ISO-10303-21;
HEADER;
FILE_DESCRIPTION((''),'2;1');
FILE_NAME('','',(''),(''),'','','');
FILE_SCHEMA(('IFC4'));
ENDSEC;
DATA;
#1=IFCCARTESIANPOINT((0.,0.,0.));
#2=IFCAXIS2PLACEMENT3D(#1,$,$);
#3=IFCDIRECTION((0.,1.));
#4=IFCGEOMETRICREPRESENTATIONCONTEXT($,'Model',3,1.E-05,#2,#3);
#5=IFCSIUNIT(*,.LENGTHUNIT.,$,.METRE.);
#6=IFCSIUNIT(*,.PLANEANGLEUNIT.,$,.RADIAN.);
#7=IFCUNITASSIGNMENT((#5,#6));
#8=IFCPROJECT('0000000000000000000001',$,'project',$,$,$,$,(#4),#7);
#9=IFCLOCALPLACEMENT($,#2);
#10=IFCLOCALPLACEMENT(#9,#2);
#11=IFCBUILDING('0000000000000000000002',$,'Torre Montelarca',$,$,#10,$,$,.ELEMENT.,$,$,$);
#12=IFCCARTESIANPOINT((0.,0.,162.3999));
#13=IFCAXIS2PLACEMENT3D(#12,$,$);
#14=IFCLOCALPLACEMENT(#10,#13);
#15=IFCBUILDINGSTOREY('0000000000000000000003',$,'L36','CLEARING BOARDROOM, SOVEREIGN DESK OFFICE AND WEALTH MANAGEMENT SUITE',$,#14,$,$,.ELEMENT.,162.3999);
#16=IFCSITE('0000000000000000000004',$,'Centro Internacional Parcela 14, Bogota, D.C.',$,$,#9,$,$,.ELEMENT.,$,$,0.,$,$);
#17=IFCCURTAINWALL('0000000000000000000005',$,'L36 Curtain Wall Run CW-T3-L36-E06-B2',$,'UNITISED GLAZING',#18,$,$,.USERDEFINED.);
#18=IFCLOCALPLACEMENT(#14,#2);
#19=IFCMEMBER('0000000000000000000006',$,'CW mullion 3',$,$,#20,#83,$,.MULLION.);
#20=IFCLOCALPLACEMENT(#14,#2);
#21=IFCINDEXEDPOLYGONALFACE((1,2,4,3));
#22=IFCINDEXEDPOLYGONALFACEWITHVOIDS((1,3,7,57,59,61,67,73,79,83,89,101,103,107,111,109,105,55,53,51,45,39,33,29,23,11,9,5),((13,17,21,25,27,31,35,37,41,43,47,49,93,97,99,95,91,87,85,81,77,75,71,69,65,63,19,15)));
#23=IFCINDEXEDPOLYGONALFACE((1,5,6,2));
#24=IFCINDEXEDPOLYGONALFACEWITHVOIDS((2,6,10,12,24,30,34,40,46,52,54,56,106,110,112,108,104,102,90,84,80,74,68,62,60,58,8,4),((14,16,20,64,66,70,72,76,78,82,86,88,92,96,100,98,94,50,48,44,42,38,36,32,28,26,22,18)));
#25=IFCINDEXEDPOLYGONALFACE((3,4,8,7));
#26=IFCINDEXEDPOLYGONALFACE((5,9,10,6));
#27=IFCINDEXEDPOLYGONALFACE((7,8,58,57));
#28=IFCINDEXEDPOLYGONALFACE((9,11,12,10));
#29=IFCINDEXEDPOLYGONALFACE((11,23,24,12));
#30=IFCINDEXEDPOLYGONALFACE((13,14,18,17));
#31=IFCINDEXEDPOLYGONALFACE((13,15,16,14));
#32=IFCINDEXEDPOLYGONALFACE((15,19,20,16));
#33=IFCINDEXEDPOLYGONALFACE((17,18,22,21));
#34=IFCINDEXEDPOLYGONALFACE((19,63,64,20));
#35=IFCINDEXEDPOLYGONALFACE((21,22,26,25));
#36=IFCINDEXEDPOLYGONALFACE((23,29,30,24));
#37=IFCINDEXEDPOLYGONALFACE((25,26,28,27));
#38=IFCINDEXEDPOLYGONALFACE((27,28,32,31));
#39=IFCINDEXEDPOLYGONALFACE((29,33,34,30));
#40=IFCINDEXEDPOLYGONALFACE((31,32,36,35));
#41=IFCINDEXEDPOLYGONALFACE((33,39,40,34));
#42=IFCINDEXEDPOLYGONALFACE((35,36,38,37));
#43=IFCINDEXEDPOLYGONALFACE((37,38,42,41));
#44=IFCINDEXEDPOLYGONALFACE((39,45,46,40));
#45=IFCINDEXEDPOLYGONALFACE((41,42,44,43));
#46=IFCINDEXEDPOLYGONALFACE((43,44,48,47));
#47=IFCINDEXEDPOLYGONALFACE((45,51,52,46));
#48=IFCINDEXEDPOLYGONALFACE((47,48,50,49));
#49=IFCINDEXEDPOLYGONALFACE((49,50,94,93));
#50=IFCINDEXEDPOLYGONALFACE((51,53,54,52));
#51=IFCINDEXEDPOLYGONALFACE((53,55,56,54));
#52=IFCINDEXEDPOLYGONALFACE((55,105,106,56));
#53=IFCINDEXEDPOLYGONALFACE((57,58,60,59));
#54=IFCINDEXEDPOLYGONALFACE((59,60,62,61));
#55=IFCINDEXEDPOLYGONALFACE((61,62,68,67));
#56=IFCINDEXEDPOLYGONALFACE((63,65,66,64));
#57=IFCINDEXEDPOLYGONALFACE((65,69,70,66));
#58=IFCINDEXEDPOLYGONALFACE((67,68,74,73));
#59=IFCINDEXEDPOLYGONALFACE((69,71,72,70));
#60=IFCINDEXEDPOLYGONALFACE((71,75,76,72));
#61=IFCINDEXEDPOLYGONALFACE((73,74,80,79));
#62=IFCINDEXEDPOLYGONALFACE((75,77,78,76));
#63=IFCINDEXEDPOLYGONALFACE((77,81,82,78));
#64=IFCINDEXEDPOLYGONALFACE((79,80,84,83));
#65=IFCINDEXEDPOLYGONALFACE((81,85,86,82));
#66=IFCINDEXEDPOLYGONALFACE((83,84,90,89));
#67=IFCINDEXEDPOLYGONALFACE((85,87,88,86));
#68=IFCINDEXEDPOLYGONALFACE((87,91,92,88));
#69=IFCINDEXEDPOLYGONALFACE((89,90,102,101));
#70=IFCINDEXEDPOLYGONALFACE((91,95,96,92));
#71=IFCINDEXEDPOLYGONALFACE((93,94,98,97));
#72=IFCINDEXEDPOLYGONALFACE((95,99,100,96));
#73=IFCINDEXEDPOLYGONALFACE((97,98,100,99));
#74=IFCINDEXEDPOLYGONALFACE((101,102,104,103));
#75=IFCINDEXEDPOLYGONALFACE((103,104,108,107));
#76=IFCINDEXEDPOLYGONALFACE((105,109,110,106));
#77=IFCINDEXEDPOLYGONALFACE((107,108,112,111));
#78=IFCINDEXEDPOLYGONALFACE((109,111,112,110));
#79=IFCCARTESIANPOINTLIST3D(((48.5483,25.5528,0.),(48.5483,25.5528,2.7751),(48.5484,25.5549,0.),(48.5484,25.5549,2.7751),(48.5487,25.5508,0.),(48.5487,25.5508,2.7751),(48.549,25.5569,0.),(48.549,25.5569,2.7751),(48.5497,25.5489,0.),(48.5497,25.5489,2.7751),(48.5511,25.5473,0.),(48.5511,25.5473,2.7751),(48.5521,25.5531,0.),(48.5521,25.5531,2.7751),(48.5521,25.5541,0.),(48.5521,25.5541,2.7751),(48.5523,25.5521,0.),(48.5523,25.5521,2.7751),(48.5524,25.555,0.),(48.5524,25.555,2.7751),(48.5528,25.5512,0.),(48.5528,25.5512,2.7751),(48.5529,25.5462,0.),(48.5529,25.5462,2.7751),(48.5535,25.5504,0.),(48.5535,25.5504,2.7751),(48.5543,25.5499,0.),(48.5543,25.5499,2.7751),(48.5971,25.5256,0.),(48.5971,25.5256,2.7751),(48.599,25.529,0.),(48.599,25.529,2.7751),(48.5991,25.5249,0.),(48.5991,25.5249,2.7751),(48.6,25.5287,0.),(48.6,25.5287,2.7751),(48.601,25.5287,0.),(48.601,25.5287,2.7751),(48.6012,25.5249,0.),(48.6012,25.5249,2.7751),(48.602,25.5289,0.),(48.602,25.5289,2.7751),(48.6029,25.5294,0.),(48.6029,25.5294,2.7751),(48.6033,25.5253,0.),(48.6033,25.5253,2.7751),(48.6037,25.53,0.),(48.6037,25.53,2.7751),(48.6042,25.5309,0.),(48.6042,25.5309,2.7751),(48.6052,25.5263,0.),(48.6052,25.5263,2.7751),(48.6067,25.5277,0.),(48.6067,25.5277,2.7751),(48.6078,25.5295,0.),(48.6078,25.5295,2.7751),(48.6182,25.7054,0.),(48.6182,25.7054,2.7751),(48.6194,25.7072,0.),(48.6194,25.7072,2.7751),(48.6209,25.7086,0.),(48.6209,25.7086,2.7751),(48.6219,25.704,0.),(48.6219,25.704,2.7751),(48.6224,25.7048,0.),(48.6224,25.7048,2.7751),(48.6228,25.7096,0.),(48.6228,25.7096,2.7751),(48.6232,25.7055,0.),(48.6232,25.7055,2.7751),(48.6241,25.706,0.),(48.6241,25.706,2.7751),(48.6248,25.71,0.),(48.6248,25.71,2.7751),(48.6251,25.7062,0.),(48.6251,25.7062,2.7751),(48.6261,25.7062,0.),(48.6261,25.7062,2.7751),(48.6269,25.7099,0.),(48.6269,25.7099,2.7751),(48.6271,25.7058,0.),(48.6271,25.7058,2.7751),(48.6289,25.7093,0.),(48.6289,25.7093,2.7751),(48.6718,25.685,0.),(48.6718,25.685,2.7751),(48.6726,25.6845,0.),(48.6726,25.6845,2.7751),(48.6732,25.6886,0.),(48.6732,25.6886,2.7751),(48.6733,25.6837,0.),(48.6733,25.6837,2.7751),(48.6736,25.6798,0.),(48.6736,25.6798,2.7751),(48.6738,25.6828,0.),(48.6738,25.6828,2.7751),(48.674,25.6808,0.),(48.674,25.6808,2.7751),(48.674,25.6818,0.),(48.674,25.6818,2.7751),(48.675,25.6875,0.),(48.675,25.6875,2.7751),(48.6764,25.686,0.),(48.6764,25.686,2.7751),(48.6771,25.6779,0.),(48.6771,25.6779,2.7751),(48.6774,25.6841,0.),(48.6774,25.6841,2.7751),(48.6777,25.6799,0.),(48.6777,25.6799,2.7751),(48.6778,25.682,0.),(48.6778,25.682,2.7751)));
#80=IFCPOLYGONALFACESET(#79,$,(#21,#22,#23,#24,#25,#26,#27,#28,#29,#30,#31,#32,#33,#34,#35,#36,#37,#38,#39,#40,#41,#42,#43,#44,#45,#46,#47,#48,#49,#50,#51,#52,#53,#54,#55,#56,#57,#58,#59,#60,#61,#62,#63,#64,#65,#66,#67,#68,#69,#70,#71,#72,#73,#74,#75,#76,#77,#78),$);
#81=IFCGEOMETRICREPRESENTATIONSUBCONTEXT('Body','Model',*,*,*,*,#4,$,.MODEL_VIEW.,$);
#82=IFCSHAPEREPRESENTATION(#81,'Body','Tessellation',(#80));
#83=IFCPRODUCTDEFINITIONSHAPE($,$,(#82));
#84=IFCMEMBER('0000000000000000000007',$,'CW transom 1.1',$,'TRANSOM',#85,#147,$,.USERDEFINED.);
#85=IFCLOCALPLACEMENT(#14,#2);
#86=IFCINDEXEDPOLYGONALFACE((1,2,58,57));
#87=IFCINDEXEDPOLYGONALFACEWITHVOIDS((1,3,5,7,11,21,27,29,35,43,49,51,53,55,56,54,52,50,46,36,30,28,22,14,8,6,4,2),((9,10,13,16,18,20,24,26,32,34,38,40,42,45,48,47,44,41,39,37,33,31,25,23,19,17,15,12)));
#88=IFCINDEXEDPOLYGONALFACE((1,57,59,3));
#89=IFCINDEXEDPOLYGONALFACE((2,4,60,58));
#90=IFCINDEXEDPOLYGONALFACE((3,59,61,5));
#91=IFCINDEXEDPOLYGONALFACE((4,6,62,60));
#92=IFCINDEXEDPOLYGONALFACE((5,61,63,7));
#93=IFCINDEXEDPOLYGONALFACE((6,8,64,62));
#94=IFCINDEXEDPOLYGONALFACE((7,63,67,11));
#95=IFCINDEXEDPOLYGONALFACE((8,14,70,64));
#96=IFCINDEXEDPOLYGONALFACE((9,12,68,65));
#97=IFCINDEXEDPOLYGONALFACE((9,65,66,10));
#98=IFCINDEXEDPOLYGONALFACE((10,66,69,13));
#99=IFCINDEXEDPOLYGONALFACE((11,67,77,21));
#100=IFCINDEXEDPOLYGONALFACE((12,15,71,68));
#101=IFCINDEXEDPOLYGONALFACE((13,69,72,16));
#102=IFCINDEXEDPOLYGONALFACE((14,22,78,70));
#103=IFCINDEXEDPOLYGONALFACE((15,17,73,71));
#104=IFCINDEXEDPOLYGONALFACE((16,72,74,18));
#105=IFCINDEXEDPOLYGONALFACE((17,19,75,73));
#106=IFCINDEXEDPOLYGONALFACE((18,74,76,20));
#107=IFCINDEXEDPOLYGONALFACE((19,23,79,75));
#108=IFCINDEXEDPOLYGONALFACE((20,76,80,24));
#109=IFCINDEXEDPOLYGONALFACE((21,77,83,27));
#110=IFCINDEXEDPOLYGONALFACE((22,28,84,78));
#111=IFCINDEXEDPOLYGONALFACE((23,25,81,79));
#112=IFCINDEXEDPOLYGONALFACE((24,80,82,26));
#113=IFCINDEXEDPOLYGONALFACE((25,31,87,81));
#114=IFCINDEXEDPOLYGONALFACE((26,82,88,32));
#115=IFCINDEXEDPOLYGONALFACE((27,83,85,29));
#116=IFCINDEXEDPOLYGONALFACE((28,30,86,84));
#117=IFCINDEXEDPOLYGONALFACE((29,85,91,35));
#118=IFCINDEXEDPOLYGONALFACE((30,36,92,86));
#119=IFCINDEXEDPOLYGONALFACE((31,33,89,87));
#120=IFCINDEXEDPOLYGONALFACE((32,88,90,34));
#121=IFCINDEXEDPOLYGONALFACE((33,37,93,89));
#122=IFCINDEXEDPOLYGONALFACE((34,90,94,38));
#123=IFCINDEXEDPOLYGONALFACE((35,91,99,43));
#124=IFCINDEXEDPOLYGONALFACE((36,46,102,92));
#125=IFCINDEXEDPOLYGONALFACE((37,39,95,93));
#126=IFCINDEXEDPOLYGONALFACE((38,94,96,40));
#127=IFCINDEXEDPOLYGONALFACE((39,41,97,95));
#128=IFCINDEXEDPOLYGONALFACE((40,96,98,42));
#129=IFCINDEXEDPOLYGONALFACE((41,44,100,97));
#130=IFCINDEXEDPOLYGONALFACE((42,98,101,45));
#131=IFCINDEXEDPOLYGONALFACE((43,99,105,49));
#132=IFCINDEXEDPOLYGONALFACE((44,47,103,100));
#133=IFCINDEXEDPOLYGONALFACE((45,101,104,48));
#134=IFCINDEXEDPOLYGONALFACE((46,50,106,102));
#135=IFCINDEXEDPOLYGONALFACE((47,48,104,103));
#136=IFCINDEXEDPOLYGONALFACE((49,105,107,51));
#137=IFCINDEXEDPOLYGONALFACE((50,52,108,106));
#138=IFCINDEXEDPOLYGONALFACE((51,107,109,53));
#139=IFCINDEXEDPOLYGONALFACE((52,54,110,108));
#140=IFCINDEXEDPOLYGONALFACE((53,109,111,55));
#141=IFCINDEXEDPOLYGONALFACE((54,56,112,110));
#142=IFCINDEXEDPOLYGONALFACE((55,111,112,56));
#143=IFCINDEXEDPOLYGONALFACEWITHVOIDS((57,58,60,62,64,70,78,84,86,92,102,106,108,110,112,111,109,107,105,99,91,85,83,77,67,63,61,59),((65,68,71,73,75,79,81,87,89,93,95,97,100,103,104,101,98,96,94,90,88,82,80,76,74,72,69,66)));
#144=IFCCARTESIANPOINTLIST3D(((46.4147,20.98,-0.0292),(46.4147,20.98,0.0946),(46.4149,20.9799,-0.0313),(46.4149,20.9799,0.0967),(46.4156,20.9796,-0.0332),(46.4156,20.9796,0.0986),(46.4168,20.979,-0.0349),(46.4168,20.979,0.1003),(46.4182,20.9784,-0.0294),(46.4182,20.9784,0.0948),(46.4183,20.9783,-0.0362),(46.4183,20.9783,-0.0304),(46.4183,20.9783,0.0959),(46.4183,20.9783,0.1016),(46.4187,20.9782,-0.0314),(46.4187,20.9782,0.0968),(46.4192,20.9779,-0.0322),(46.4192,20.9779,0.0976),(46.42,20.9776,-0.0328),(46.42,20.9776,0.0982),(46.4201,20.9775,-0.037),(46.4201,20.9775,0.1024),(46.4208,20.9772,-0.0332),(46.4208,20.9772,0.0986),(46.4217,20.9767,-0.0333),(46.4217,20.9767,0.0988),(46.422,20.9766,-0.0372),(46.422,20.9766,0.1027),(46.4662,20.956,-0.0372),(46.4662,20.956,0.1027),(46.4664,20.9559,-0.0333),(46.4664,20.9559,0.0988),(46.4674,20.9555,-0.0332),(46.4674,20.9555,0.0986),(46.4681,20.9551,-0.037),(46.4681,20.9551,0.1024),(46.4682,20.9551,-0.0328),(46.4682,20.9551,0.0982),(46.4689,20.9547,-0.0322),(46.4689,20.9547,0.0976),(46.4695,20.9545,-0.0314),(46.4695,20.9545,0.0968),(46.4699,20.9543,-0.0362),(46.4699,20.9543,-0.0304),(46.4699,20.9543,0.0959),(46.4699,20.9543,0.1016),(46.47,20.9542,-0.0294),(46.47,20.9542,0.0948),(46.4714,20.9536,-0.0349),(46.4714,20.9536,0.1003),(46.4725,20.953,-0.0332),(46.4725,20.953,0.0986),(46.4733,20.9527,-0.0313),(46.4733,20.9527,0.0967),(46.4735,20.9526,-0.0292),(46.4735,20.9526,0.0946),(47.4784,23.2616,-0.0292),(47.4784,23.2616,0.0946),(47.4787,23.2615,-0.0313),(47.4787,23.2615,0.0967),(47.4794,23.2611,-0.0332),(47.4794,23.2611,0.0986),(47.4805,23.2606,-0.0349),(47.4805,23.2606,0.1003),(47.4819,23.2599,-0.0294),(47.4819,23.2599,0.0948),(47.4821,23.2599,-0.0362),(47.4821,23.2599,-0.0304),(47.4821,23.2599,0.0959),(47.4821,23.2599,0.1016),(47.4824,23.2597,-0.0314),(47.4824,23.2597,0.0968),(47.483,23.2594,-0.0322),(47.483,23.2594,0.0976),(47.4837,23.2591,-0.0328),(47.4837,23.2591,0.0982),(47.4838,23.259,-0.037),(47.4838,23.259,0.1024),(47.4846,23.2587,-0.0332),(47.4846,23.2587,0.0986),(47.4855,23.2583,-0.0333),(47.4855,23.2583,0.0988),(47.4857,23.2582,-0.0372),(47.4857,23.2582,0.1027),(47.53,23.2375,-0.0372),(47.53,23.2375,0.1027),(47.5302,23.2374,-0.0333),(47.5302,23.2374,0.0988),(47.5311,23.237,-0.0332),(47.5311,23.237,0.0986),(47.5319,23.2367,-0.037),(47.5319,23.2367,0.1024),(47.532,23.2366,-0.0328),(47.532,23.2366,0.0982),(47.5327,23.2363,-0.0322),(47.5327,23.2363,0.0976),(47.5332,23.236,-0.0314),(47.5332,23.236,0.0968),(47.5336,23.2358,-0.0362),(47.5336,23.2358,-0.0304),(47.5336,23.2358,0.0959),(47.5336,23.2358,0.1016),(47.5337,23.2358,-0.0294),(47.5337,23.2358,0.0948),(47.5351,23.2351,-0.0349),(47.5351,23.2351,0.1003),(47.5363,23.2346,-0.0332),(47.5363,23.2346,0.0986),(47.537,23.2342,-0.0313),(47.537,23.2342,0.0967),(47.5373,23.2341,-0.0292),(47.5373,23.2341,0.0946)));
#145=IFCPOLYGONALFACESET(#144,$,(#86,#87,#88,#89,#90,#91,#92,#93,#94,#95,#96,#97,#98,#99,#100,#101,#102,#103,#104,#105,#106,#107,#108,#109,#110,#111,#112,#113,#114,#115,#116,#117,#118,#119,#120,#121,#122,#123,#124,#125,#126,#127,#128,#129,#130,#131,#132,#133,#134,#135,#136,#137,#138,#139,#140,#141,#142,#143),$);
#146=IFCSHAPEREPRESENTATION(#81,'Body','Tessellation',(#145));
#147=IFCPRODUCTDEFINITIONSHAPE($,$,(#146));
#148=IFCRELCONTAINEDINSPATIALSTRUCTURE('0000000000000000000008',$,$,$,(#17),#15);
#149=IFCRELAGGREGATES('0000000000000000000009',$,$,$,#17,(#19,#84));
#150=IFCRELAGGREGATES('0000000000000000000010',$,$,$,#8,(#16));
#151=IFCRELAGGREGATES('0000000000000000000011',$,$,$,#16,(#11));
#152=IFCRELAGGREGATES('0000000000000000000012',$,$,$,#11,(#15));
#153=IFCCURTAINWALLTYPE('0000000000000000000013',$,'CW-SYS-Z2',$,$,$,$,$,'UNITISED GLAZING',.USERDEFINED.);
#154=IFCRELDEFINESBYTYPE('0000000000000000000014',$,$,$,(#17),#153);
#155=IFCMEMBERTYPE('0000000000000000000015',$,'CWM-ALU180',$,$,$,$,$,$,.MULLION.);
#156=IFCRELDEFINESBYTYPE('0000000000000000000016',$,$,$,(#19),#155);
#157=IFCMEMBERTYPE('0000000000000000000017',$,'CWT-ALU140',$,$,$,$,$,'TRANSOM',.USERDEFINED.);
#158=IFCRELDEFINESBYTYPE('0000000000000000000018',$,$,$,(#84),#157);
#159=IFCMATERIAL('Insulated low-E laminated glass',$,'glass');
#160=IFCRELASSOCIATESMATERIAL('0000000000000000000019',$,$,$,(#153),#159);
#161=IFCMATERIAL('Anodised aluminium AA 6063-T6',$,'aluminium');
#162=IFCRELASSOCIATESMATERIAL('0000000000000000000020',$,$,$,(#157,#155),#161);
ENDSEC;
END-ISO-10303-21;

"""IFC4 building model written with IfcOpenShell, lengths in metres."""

from ifc_helpers import new_model, si_unit, direction, frame, origin, origin_2d, place, context, subcontext, project, spatial, hollow_rectangle, extrude, source, transform, mapped, material, material_profile, profile_set, type_object, element, aggregate, save


model = new_model("IFC4")

# Units and contexts
model_context = context("Model", 3, precision=1e-05, world=origin(), true_north=direction((0.0, 1.0)))
body_context = subcontext(model_context, "Body", "Model", "MODEL_VIEW")
ifc_project = project(units=[si_unit("LENGTHUNIT", "METRE"), si_unit("PLANEANGLEUNIT", "RADIAN")], contexts=[model_context])

# Site, building, storey
site_placement = place(None, origin())
site = spatial("IfcSite", under=ifc_project, at=site_placement, Name="Centro Internacional Parcela 14, Bogota, D.C.", CompositionType="ELEMENT", RefElevation=0.0)
building_placement = place(site_placement, origin())
building = spatial("IfcBuilding", under=site, at=building_placement, Name="Torre Montelarca", CompositionType="ELEMENT")
storey_placement = place(building_placement, frame((0.0, 0.0, 162.3999)))
storey = spatial("IfcBuildingStorey", under=building, at=storey_placement, Name="L36", Description="CLEARING BOARDROOM, SOVEREIGN DESK OFFICE AND WEALTH MANAGEMENT SUITE", CompositionType="ELEMENT", Elevation=162.3999)

# Curtain wall, members
ifc_material_1 = material(Name="Insulated low-E laminated glass", Category="glass")
curtain_wall_type = type_object("IfcCurtainWallType", Name="CW-SYS-Z2", ElementType="UNITISED GLAZING", PredefinedType="USERDEFINED", material=ifc_material_1)
ifc_material_2 = material(Name="Anodised aluminium AA 6063-T6", Category="aluminium")
ifc_material_profile_1 = material_profile(ifc_material_2, hollow_rectangle(XDim=0.0649, YDim=0.1399, WallThickness=0.0039, InnerFilletRadius=0.0039, OuterFilletRadius=0.0081, at=origin_2d()), Name="ALU65X140X4", Category="aluminium")
ifc_profile_set_1 = profile_set([ifc_material_profile_1], Name="Anodised aluminium AA 6063-T6")
member_type_1 = type_object("IfcMemberType", Name="CWT-ALU140", ElementType="TRANSOM", PredefinedType="USERDEFINED", material=ifc_profile_set_1)
ifc_material_profile_2 = material_profile(ifc_material_2, hollow_rectangle(XDim=0.0649, YDim=0.1799, WallThickness=0.0039, InnerFilletRadius=0.0039, OuterFilletRadius=0.0081, at=origin_2d()), Name="ALU65X180X4", Category="aluminium")
ifc_profile_set_2 = profile_set([ifc_material_profile_2], Name="Anodised aluminium AA 6063-T6")
member_type_2 = type_object("IfcMemberType", Name="CWM-ALU180", PredefinedType="MULLION", material=ifc_profile_set_2)
curtain_wall_1_placement = place(storey_placement, origin())
curtain_wall_1 = element("IfcCurtainWall", 1, at=curtain_wall_1_placement, inside=storey, type_object=curtain_wall_type, Name="L36 Curtain Wall Run CW-T3-L36-E06-B2", ObjectType="UNITISED GLAZING", PredefinedType="USERDEFINED")
shared_shape_1 = source(origin(), body_context, "Body", "SweptSolid", [
    extrude(hollow_rectangle(XDim=0.0649, YDim=0.1799, WallThickness=0.0039, InnerFilletRadius=0.0039, OuterFilletRadius=0.0081, at=origin_2d()), origin(), (0.0, 0.0, 1.0), 2.7751),
])
member_1_placement = place(storey_placement, frame((48.613, 25.6174, 0.0), z_axis=(0.0, 0.0, 1.0), x_axis=(-0.906301, 0.422632, 0.0)))
member_1 = element("IfcMember", 2, at=member_1_placement, type_object=member_type_2, Name="CW mullion 3", PredefinedType="MULLION", context=body_context, shape_type="MappedRepresentation", body=[
    mapped(shared_shape_1, transform((0.0, 0.0, 0.0), scale=1.0)),
])
shared_shape_2 = source(origin(), body_context, "Body", "SweptSolid", [
    extrude(hollow_rectangle(XDim=0.0649, YDim=0.1399, WallThickness=0.0039, InnerFilletRadius=0.0039, OuterFilletRadius=0.0081, at=origin_2d()), origin(), (0.0, 0.0, 1.0), 2.5173),
])
member_2_placement = place(storey_placement, frame((46.4441, 20.9663, 0.0327), z_axis=(0.422567, 0.906332, 0.0), x_axis=(-0.906332, 0.422567, 0.0)))
member_2 = element("IfcMember", 3, at=member_2_placement, type_object=member_type_1, Name="CW transom 1.1", ObjectType="TRANSOM", PredefinedType="USERDEFINED", context=body_context, shape_type="MappedRepresentation", body=[
    mapped(shared_shape_2, transform((0.0, 0.0, 0.0), scale=1.0)),
])

aggregate(curtain_wall_1, [member_1, member_2])

save(model, "model.ifc")
